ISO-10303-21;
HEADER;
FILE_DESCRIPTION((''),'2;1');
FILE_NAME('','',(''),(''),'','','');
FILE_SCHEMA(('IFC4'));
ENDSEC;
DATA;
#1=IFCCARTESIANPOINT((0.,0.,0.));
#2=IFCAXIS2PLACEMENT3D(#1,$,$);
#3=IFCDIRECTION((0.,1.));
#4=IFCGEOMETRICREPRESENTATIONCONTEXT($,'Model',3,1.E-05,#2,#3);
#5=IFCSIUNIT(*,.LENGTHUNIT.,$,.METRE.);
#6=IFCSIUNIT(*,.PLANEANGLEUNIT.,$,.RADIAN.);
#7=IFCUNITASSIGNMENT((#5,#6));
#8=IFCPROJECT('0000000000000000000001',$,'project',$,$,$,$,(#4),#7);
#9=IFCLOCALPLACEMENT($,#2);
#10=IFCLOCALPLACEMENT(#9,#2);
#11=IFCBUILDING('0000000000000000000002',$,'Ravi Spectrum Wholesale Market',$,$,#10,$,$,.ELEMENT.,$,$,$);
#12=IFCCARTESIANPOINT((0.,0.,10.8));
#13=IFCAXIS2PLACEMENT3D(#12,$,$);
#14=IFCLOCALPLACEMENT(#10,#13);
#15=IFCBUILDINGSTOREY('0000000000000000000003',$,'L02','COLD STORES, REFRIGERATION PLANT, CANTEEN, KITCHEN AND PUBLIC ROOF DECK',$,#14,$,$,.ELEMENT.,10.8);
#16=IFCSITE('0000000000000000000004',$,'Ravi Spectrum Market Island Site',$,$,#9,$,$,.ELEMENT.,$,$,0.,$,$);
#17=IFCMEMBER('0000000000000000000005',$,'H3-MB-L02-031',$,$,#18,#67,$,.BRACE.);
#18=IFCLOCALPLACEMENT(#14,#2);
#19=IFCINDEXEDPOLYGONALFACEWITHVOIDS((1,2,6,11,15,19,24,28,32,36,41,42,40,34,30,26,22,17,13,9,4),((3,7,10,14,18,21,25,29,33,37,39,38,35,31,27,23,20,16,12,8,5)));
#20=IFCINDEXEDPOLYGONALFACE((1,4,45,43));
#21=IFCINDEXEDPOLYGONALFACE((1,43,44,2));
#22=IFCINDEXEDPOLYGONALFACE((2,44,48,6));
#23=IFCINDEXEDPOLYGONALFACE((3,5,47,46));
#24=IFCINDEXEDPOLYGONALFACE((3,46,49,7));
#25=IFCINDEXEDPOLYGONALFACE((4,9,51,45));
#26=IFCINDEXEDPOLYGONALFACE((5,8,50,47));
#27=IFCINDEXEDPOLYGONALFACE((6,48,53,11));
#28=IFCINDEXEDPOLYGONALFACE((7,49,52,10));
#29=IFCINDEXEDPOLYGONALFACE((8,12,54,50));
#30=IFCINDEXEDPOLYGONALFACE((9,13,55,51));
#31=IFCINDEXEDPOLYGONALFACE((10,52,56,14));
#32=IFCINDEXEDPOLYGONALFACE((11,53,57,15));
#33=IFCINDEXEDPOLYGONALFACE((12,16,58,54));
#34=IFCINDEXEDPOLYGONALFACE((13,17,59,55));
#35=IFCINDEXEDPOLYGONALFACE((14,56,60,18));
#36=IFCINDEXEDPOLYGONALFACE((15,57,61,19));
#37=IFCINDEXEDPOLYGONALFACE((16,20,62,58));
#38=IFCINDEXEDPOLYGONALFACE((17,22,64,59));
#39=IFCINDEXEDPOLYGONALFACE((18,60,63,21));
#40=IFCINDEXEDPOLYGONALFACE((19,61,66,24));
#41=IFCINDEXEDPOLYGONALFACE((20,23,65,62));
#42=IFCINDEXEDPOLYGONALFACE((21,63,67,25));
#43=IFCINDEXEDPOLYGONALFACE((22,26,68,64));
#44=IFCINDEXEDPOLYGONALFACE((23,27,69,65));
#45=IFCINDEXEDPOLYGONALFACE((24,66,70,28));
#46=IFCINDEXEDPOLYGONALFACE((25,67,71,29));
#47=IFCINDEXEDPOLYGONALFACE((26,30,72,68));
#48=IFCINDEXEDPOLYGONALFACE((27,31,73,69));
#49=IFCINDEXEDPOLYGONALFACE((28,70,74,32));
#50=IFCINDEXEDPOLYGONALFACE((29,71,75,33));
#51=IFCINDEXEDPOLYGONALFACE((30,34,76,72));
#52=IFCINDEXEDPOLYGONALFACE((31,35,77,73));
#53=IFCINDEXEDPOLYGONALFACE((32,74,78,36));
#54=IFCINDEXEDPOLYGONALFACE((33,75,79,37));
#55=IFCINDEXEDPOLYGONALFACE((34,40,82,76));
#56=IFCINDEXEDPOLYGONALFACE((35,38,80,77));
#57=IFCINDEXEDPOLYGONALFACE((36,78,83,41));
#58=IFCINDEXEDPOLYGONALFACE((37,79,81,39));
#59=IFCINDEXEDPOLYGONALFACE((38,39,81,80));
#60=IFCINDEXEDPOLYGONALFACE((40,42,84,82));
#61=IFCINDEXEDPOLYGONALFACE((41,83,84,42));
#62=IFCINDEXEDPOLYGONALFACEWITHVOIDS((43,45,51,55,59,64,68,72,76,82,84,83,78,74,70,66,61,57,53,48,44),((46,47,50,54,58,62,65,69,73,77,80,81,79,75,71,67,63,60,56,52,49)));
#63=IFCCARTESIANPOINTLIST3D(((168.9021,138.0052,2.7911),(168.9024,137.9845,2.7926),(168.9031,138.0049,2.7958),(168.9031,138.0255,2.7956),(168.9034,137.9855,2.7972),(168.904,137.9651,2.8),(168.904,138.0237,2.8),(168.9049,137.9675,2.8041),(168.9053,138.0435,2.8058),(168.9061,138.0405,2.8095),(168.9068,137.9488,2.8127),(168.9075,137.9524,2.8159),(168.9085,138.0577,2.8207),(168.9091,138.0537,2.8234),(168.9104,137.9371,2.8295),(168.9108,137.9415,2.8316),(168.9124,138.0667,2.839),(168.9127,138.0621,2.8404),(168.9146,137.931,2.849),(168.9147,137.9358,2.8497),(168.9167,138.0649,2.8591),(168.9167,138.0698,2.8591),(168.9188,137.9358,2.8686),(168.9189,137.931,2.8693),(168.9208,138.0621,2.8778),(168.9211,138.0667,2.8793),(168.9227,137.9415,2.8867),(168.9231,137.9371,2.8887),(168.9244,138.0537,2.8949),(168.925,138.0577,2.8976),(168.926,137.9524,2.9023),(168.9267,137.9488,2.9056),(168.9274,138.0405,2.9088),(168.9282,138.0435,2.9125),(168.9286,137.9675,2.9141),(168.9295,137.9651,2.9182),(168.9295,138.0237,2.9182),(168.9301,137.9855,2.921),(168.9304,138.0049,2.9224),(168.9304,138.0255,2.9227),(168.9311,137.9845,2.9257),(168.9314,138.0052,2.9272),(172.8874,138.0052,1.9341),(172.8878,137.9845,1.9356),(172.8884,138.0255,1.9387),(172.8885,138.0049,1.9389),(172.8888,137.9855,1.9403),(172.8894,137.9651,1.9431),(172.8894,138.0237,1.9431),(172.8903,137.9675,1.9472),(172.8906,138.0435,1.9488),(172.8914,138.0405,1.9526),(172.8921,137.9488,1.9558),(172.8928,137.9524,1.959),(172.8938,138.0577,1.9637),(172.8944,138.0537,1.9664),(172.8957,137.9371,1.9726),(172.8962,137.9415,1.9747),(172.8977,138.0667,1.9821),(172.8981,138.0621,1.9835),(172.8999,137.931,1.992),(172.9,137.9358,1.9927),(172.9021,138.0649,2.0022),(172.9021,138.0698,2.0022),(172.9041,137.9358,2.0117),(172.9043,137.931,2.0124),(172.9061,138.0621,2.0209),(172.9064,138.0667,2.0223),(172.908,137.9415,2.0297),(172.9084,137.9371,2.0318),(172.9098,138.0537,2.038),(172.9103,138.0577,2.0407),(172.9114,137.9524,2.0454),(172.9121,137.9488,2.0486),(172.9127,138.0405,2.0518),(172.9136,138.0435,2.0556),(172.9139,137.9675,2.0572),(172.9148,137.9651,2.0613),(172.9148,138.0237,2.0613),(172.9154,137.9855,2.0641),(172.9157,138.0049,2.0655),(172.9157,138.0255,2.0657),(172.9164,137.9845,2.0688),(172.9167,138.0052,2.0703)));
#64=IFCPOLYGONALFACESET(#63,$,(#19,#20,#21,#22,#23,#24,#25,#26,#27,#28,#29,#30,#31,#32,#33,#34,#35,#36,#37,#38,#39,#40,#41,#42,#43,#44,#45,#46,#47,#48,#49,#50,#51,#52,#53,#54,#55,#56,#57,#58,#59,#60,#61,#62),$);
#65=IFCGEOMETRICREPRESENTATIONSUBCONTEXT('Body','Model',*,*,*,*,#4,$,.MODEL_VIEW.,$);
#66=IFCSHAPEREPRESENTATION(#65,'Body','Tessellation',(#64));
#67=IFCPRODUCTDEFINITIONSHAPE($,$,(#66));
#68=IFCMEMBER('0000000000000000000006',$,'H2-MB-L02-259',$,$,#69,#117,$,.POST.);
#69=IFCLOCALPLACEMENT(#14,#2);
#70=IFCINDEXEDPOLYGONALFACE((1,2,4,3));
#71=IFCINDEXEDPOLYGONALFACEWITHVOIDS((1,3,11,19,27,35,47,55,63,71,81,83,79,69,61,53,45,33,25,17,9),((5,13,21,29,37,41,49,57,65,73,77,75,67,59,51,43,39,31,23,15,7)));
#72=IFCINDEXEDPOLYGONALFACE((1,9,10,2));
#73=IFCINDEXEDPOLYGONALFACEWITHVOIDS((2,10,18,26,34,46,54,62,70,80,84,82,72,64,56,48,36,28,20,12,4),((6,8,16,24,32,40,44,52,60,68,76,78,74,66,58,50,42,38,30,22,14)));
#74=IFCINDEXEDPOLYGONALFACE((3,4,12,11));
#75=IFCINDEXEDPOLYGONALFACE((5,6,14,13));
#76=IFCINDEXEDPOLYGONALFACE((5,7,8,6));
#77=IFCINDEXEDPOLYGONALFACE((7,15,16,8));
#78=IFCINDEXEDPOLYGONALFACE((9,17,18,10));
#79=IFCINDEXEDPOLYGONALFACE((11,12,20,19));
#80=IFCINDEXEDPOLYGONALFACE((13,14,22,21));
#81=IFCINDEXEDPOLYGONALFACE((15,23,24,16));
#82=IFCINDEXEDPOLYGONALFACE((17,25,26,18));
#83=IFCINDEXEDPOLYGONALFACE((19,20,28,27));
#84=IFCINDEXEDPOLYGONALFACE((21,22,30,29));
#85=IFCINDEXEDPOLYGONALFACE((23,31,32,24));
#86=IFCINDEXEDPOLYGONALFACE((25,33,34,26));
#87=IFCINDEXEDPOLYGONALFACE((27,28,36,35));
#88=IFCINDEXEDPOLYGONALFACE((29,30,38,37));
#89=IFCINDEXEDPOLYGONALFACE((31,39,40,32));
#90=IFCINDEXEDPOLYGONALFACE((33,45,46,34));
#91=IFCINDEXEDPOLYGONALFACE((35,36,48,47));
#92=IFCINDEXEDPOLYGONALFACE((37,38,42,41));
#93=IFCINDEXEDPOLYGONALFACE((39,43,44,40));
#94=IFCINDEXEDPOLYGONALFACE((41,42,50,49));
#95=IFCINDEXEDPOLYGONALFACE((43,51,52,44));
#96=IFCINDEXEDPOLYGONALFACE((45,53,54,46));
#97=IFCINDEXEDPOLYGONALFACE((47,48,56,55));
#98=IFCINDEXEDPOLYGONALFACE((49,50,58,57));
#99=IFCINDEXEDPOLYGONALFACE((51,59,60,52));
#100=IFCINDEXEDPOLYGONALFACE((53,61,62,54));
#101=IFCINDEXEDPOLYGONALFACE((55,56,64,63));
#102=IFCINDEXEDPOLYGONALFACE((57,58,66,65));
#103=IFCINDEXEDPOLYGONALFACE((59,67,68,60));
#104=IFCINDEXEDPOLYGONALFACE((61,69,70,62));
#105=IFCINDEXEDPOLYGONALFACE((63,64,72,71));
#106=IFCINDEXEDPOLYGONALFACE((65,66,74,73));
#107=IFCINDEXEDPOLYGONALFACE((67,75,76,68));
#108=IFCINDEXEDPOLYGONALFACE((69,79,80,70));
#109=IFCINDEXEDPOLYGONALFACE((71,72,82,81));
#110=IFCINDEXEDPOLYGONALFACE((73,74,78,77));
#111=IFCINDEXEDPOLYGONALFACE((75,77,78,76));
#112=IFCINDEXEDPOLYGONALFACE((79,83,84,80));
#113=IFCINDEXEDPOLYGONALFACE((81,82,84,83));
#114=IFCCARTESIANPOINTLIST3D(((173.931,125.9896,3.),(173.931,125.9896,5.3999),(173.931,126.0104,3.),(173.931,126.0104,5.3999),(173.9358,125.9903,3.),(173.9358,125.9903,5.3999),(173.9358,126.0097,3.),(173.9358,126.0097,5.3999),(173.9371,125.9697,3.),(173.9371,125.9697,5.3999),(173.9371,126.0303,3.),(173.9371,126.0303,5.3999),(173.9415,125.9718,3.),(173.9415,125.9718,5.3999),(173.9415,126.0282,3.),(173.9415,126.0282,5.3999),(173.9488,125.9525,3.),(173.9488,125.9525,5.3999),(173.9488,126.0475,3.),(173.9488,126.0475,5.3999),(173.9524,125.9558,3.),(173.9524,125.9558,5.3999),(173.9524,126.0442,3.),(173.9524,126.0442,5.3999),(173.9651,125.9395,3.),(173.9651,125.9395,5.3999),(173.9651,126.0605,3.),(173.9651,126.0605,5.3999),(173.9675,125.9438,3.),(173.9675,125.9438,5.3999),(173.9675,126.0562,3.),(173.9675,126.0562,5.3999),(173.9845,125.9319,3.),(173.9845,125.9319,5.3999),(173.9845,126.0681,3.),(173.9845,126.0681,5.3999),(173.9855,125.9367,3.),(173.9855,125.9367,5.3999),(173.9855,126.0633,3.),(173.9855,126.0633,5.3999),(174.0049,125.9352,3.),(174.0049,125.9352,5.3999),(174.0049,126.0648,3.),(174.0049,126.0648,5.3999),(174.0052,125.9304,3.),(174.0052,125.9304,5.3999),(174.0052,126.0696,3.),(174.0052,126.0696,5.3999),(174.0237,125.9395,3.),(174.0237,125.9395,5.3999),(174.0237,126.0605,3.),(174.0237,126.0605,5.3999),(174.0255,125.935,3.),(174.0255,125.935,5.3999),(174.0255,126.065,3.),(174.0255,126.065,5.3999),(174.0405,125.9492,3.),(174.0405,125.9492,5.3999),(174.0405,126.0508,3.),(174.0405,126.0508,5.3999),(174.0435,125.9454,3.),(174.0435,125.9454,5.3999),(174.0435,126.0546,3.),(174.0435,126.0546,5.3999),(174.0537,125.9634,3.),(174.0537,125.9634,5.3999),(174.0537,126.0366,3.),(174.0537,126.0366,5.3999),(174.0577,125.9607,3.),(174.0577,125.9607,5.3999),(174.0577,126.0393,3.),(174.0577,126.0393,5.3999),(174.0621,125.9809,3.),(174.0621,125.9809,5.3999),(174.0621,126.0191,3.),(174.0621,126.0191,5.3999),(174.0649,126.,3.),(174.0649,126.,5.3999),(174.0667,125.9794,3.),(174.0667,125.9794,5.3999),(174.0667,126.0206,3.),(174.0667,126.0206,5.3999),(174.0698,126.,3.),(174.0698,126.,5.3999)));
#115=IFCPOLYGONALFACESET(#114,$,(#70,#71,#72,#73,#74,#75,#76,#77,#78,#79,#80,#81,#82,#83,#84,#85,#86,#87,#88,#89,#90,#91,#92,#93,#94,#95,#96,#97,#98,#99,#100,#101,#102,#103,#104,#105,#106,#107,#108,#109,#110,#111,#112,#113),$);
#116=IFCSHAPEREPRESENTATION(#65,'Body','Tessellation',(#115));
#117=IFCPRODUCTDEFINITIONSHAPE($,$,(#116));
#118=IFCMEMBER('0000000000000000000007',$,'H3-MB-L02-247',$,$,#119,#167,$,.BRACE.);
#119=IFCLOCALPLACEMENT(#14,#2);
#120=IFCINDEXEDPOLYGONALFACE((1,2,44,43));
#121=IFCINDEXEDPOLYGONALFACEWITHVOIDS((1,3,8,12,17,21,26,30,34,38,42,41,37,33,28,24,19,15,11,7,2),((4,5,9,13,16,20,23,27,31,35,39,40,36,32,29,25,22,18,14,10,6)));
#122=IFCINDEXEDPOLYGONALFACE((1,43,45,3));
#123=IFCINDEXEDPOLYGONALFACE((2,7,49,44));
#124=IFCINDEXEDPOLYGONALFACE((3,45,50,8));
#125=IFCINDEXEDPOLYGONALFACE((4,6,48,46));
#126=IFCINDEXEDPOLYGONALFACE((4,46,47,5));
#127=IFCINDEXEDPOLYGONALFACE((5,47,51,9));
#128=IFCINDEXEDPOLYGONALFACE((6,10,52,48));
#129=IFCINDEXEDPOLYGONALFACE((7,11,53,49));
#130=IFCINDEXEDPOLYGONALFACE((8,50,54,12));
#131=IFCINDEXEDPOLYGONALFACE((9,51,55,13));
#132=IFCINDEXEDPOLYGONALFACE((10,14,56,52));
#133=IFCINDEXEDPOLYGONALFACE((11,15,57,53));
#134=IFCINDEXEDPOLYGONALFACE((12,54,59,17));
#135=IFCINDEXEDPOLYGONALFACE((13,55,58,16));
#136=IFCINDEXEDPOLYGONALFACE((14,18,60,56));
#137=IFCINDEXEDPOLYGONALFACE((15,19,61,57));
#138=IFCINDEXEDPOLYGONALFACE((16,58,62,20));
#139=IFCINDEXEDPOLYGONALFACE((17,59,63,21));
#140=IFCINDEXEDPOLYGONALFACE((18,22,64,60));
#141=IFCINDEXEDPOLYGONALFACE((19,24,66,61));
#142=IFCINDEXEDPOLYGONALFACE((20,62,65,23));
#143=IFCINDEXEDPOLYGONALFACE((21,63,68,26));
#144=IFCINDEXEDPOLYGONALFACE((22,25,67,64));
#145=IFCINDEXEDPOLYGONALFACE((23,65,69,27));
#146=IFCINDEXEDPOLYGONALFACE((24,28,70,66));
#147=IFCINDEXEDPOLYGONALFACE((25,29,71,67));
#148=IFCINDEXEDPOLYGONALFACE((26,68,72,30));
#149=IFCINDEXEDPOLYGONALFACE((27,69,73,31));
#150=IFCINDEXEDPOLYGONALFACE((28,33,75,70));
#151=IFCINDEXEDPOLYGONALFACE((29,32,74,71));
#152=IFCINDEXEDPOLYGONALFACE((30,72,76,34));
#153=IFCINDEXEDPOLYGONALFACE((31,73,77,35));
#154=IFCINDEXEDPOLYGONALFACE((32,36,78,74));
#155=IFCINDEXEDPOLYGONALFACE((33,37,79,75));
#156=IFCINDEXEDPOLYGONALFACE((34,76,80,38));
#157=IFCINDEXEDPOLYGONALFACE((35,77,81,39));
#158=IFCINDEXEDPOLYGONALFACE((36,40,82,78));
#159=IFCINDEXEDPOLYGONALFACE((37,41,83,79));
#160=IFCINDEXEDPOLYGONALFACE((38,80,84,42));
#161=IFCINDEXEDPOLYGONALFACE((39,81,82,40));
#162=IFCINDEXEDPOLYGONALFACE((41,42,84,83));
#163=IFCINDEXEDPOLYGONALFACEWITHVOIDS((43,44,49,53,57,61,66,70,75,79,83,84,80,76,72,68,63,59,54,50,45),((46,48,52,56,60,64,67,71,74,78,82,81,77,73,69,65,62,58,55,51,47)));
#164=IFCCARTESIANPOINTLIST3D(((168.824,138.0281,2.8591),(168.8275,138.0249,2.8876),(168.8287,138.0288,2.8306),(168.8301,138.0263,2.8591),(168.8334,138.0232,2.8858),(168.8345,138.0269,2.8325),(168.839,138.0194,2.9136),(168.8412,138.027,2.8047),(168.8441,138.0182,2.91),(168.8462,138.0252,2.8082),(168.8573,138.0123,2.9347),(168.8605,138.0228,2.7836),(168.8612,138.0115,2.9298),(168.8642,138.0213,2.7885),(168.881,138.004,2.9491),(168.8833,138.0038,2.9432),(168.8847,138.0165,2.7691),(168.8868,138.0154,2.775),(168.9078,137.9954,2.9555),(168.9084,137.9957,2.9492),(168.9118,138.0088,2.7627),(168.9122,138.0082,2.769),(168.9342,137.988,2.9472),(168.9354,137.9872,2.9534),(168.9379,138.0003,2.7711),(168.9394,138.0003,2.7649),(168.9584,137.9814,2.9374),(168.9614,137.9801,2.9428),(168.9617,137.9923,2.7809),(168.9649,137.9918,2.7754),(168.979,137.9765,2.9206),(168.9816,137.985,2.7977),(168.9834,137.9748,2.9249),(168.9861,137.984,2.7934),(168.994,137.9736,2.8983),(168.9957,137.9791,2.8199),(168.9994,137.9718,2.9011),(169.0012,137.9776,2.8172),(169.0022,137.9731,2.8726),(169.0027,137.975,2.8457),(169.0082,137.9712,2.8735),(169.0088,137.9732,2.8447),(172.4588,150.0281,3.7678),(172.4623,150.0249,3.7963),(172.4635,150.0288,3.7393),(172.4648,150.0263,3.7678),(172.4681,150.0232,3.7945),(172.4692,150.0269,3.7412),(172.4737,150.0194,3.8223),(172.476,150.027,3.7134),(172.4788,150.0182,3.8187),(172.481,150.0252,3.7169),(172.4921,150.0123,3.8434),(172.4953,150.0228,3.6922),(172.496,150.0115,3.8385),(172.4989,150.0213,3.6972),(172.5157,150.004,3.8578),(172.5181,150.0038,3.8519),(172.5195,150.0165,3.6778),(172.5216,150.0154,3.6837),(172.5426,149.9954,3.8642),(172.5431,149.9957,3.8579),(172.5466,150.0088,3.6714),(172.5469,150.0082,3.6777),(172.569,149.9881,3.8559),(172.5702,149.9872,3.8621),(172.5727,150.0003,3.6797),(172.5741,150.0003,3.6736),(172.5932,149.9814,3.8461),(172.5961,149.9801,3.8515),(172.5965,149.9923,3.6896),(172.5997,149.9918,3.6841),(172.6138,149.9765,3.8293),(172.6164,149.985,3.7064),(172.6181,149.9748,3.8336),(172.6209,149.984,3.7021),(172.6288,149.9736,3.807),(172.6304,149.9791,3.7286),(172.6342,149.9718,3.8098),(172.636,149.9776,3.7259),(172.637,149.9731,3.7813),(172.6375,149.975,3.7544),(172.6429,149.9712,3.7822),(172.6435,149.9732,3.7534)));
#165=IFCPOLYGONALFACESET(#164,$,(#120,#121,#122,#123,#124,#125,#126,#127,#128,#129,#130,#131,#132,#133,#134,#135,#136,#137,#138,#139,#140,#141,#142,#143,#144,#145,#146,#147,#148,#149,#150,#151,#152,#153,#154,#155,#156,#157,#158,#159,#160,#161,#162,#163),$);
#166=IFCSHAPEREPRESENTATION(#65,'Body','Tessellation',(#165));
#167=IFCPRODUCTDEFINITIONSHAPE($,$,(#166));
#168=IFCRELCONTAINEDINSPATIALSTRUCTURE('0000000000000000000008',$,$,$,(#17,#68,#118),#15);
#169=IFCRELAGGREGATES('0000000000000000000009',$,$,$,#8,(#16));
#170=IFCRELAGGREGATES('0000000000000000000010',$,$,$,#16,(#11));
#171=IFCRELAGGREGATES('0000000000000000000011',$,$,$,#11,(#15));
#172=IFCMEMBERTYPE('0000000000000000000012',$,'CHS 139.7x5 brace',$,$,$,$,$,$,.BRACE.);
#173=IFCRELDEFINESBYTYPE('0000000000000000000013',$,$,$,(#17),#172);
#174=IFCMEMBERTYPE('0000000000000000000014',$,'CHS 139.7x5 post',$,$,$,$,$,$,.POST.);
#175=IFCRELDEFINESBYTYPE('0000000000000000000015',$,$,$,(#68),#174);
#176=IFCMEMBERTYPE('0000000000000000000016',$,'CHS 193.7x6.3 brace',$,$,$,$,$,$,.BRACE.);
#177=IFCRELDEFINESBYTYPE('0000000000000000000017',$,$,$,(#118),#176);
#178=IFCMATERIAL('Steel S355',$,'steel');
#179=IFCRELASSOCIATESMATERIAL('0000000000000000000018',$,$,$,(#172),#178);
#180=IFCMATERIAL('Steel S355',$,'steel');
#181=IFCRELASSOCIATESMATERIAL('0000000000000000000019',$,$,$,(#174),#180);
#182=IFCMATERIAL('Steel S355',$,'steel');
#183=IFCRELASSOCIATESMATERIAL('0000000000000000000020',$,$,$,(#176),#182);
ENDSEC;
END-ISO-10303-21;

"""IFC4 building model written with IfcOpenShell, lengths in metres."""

from ifc_helpers import new_model, si_unit, direction, frame, origin, origin_2d, place, context, subcontext, project, spatial, hollow_circle, extrude, material, material_profile, profile_set, type_object, element, save


model = new_model("IFC4")

# Units and contexts
model_context = context("Model", 3, precision=1e-05, world=origin(), true_north=direction((0.0, 1.0)))
body_context = subcontext(model_context, "Body", "Model", "MODEL_VIEW")
ifc_project = project(units=[si_unit("LENGTHUNIT", "METRE"), si_unit("PLANEANGLEUNIT", "RADIAN")], contexts=[model_context])

# Site, building, storey
site_placement = place(None, origin())
site = spatial("IfcSite", under=ifc_project, at=site_placement, Name="Ravi Spectrum Market Island Site", CompositionType="ELEMENT", RefElevation=0.0)
building_placement = place(site_placement, origin())
building = spatial("IfcBuilding", under=site, at=building_placement, Name="Ravi Spectrum Wholesale Market", CompositionType="ELEMENT")
storey_placement = place(building_placement, frame((0.0, 0.0, 10.8)))
storey = spatial("IfcBuildingStorey", under=building, at=storey_placement, Name="L02", Description="COLD STORES, REFRIGERATION PLANT, CANTEEN, KITCHEN AND PUBLIC ROOF DECK", CompositionType="ELEMENT", Elevation=10.8)

# Members
ifc_material_1 = material(Name="Steel S355", Category="steel")
ifc_material_profile_1 = material_profile(ifc_material_1, hollow_circle(Radius=0.0698, WallThickness=0.0049, at=origin_2d()))
ifc_profile_set_1 = profile_set([ifc_material_profile_1], Name="Steel S355")
member_type_1 = type_object("IfcMemberType", Name="CHS 139.7x5 brace", PredefinedType="BRACE", material=ifc_profile_set_1)
for number, where, z_axis, x_axis, name in (
    (1, (168.9167, 138.0, 2.8591), (0.977655, 0.0, -0.210216), (0.0, 1.0, 0.0), "H3-MB-L02-031"),
):
    element("IfcMember", number, at=place(storey_placement, frame(where, z_axis=z_axis, x_axis=x_axis)), inside=storey, type_object=member_type_1, Name=name, PredefinedType="BRACE", context=body_context, shape_type="SweptSolid", body=[
        extrude(hollow_circle(Radius=0.0698, WallThickness=0.0049, at=origin_2d()), origin(), (0.0, 0.0, 1.0), 4.0764),
    ])
ifc_material_2 = material(Name="Steel S355", Category="steel")
ifc_material_profile_2 = material_profile(ifc_material_2, hollow_circle(Radius=0.0698, WallThickness=0.0049, at=origin_2d()))
ifc_profile_set_2 = profile_set([ifc_material_profile_2], Name="Steel S355")
member_type_2 = type_object("IfcMemberType", Name="CHS 139.7x5 post", PredefinedType="POST", material=ifc_profile_set_2)
member_1_placement = place(storey_placement, frame((174.0, 126.0, 5.3999), z_axis=(0.0, 0.0, -1.0), x_axis=(1.0, 0.0, 0.0)))
element("IfcMember", 2, at=member_1_placement, inside=storey, type_object=member_type_2, Name="H2-MB-L02-259", PredefinedType="POST", context=body_context, shape_type="SweptSolid", body=[
    extrude(hollow_circle(Radius=0.0698, WallThickness=0.0049, at=origin_2d()), origin(), (0.0, 0.0, 1.0), 2.3999),
])
ifc_material_3 = material(Name="Steel S355", Category="steel")
ifc_material_profile_3 = material_profile(ifc_material_3, hollow_circle(Radius=0.0969, WallThickness=0.0063, at=origin_2d()))
ifc_profile_set_3 = profile_set([ifc_material_profile_3], Name="Steel S355")
member_type_3 = type_object("IfcMemberType", Name="CHS 193.7x6.3 brace", PredefinedType="BRACE", material=ifc_profile_set_3)
member_2_placement = place(storey_placement, frame((168.9167, 138.0, 2.8591), z_axis=(0.289132, 0.954556, 0.072283), x_axis=(-0.95706, 0.289891, 0.0)))
element("IfcMember", 3, at=member_2_placement, inside=storey, type_object=member_type_3, Name="H3-MB-L02-247", PredefinedType="BRACE", context=body_context, shape_type="SweptSolid", body=[
    extrude(hollow_circle(Radius=0.0969, WallThickness=0.0063, at=origin_2d()), origin(), (0.0, 0.0, 1.0), 12.5713),
])

save(model, "model.ifc")
